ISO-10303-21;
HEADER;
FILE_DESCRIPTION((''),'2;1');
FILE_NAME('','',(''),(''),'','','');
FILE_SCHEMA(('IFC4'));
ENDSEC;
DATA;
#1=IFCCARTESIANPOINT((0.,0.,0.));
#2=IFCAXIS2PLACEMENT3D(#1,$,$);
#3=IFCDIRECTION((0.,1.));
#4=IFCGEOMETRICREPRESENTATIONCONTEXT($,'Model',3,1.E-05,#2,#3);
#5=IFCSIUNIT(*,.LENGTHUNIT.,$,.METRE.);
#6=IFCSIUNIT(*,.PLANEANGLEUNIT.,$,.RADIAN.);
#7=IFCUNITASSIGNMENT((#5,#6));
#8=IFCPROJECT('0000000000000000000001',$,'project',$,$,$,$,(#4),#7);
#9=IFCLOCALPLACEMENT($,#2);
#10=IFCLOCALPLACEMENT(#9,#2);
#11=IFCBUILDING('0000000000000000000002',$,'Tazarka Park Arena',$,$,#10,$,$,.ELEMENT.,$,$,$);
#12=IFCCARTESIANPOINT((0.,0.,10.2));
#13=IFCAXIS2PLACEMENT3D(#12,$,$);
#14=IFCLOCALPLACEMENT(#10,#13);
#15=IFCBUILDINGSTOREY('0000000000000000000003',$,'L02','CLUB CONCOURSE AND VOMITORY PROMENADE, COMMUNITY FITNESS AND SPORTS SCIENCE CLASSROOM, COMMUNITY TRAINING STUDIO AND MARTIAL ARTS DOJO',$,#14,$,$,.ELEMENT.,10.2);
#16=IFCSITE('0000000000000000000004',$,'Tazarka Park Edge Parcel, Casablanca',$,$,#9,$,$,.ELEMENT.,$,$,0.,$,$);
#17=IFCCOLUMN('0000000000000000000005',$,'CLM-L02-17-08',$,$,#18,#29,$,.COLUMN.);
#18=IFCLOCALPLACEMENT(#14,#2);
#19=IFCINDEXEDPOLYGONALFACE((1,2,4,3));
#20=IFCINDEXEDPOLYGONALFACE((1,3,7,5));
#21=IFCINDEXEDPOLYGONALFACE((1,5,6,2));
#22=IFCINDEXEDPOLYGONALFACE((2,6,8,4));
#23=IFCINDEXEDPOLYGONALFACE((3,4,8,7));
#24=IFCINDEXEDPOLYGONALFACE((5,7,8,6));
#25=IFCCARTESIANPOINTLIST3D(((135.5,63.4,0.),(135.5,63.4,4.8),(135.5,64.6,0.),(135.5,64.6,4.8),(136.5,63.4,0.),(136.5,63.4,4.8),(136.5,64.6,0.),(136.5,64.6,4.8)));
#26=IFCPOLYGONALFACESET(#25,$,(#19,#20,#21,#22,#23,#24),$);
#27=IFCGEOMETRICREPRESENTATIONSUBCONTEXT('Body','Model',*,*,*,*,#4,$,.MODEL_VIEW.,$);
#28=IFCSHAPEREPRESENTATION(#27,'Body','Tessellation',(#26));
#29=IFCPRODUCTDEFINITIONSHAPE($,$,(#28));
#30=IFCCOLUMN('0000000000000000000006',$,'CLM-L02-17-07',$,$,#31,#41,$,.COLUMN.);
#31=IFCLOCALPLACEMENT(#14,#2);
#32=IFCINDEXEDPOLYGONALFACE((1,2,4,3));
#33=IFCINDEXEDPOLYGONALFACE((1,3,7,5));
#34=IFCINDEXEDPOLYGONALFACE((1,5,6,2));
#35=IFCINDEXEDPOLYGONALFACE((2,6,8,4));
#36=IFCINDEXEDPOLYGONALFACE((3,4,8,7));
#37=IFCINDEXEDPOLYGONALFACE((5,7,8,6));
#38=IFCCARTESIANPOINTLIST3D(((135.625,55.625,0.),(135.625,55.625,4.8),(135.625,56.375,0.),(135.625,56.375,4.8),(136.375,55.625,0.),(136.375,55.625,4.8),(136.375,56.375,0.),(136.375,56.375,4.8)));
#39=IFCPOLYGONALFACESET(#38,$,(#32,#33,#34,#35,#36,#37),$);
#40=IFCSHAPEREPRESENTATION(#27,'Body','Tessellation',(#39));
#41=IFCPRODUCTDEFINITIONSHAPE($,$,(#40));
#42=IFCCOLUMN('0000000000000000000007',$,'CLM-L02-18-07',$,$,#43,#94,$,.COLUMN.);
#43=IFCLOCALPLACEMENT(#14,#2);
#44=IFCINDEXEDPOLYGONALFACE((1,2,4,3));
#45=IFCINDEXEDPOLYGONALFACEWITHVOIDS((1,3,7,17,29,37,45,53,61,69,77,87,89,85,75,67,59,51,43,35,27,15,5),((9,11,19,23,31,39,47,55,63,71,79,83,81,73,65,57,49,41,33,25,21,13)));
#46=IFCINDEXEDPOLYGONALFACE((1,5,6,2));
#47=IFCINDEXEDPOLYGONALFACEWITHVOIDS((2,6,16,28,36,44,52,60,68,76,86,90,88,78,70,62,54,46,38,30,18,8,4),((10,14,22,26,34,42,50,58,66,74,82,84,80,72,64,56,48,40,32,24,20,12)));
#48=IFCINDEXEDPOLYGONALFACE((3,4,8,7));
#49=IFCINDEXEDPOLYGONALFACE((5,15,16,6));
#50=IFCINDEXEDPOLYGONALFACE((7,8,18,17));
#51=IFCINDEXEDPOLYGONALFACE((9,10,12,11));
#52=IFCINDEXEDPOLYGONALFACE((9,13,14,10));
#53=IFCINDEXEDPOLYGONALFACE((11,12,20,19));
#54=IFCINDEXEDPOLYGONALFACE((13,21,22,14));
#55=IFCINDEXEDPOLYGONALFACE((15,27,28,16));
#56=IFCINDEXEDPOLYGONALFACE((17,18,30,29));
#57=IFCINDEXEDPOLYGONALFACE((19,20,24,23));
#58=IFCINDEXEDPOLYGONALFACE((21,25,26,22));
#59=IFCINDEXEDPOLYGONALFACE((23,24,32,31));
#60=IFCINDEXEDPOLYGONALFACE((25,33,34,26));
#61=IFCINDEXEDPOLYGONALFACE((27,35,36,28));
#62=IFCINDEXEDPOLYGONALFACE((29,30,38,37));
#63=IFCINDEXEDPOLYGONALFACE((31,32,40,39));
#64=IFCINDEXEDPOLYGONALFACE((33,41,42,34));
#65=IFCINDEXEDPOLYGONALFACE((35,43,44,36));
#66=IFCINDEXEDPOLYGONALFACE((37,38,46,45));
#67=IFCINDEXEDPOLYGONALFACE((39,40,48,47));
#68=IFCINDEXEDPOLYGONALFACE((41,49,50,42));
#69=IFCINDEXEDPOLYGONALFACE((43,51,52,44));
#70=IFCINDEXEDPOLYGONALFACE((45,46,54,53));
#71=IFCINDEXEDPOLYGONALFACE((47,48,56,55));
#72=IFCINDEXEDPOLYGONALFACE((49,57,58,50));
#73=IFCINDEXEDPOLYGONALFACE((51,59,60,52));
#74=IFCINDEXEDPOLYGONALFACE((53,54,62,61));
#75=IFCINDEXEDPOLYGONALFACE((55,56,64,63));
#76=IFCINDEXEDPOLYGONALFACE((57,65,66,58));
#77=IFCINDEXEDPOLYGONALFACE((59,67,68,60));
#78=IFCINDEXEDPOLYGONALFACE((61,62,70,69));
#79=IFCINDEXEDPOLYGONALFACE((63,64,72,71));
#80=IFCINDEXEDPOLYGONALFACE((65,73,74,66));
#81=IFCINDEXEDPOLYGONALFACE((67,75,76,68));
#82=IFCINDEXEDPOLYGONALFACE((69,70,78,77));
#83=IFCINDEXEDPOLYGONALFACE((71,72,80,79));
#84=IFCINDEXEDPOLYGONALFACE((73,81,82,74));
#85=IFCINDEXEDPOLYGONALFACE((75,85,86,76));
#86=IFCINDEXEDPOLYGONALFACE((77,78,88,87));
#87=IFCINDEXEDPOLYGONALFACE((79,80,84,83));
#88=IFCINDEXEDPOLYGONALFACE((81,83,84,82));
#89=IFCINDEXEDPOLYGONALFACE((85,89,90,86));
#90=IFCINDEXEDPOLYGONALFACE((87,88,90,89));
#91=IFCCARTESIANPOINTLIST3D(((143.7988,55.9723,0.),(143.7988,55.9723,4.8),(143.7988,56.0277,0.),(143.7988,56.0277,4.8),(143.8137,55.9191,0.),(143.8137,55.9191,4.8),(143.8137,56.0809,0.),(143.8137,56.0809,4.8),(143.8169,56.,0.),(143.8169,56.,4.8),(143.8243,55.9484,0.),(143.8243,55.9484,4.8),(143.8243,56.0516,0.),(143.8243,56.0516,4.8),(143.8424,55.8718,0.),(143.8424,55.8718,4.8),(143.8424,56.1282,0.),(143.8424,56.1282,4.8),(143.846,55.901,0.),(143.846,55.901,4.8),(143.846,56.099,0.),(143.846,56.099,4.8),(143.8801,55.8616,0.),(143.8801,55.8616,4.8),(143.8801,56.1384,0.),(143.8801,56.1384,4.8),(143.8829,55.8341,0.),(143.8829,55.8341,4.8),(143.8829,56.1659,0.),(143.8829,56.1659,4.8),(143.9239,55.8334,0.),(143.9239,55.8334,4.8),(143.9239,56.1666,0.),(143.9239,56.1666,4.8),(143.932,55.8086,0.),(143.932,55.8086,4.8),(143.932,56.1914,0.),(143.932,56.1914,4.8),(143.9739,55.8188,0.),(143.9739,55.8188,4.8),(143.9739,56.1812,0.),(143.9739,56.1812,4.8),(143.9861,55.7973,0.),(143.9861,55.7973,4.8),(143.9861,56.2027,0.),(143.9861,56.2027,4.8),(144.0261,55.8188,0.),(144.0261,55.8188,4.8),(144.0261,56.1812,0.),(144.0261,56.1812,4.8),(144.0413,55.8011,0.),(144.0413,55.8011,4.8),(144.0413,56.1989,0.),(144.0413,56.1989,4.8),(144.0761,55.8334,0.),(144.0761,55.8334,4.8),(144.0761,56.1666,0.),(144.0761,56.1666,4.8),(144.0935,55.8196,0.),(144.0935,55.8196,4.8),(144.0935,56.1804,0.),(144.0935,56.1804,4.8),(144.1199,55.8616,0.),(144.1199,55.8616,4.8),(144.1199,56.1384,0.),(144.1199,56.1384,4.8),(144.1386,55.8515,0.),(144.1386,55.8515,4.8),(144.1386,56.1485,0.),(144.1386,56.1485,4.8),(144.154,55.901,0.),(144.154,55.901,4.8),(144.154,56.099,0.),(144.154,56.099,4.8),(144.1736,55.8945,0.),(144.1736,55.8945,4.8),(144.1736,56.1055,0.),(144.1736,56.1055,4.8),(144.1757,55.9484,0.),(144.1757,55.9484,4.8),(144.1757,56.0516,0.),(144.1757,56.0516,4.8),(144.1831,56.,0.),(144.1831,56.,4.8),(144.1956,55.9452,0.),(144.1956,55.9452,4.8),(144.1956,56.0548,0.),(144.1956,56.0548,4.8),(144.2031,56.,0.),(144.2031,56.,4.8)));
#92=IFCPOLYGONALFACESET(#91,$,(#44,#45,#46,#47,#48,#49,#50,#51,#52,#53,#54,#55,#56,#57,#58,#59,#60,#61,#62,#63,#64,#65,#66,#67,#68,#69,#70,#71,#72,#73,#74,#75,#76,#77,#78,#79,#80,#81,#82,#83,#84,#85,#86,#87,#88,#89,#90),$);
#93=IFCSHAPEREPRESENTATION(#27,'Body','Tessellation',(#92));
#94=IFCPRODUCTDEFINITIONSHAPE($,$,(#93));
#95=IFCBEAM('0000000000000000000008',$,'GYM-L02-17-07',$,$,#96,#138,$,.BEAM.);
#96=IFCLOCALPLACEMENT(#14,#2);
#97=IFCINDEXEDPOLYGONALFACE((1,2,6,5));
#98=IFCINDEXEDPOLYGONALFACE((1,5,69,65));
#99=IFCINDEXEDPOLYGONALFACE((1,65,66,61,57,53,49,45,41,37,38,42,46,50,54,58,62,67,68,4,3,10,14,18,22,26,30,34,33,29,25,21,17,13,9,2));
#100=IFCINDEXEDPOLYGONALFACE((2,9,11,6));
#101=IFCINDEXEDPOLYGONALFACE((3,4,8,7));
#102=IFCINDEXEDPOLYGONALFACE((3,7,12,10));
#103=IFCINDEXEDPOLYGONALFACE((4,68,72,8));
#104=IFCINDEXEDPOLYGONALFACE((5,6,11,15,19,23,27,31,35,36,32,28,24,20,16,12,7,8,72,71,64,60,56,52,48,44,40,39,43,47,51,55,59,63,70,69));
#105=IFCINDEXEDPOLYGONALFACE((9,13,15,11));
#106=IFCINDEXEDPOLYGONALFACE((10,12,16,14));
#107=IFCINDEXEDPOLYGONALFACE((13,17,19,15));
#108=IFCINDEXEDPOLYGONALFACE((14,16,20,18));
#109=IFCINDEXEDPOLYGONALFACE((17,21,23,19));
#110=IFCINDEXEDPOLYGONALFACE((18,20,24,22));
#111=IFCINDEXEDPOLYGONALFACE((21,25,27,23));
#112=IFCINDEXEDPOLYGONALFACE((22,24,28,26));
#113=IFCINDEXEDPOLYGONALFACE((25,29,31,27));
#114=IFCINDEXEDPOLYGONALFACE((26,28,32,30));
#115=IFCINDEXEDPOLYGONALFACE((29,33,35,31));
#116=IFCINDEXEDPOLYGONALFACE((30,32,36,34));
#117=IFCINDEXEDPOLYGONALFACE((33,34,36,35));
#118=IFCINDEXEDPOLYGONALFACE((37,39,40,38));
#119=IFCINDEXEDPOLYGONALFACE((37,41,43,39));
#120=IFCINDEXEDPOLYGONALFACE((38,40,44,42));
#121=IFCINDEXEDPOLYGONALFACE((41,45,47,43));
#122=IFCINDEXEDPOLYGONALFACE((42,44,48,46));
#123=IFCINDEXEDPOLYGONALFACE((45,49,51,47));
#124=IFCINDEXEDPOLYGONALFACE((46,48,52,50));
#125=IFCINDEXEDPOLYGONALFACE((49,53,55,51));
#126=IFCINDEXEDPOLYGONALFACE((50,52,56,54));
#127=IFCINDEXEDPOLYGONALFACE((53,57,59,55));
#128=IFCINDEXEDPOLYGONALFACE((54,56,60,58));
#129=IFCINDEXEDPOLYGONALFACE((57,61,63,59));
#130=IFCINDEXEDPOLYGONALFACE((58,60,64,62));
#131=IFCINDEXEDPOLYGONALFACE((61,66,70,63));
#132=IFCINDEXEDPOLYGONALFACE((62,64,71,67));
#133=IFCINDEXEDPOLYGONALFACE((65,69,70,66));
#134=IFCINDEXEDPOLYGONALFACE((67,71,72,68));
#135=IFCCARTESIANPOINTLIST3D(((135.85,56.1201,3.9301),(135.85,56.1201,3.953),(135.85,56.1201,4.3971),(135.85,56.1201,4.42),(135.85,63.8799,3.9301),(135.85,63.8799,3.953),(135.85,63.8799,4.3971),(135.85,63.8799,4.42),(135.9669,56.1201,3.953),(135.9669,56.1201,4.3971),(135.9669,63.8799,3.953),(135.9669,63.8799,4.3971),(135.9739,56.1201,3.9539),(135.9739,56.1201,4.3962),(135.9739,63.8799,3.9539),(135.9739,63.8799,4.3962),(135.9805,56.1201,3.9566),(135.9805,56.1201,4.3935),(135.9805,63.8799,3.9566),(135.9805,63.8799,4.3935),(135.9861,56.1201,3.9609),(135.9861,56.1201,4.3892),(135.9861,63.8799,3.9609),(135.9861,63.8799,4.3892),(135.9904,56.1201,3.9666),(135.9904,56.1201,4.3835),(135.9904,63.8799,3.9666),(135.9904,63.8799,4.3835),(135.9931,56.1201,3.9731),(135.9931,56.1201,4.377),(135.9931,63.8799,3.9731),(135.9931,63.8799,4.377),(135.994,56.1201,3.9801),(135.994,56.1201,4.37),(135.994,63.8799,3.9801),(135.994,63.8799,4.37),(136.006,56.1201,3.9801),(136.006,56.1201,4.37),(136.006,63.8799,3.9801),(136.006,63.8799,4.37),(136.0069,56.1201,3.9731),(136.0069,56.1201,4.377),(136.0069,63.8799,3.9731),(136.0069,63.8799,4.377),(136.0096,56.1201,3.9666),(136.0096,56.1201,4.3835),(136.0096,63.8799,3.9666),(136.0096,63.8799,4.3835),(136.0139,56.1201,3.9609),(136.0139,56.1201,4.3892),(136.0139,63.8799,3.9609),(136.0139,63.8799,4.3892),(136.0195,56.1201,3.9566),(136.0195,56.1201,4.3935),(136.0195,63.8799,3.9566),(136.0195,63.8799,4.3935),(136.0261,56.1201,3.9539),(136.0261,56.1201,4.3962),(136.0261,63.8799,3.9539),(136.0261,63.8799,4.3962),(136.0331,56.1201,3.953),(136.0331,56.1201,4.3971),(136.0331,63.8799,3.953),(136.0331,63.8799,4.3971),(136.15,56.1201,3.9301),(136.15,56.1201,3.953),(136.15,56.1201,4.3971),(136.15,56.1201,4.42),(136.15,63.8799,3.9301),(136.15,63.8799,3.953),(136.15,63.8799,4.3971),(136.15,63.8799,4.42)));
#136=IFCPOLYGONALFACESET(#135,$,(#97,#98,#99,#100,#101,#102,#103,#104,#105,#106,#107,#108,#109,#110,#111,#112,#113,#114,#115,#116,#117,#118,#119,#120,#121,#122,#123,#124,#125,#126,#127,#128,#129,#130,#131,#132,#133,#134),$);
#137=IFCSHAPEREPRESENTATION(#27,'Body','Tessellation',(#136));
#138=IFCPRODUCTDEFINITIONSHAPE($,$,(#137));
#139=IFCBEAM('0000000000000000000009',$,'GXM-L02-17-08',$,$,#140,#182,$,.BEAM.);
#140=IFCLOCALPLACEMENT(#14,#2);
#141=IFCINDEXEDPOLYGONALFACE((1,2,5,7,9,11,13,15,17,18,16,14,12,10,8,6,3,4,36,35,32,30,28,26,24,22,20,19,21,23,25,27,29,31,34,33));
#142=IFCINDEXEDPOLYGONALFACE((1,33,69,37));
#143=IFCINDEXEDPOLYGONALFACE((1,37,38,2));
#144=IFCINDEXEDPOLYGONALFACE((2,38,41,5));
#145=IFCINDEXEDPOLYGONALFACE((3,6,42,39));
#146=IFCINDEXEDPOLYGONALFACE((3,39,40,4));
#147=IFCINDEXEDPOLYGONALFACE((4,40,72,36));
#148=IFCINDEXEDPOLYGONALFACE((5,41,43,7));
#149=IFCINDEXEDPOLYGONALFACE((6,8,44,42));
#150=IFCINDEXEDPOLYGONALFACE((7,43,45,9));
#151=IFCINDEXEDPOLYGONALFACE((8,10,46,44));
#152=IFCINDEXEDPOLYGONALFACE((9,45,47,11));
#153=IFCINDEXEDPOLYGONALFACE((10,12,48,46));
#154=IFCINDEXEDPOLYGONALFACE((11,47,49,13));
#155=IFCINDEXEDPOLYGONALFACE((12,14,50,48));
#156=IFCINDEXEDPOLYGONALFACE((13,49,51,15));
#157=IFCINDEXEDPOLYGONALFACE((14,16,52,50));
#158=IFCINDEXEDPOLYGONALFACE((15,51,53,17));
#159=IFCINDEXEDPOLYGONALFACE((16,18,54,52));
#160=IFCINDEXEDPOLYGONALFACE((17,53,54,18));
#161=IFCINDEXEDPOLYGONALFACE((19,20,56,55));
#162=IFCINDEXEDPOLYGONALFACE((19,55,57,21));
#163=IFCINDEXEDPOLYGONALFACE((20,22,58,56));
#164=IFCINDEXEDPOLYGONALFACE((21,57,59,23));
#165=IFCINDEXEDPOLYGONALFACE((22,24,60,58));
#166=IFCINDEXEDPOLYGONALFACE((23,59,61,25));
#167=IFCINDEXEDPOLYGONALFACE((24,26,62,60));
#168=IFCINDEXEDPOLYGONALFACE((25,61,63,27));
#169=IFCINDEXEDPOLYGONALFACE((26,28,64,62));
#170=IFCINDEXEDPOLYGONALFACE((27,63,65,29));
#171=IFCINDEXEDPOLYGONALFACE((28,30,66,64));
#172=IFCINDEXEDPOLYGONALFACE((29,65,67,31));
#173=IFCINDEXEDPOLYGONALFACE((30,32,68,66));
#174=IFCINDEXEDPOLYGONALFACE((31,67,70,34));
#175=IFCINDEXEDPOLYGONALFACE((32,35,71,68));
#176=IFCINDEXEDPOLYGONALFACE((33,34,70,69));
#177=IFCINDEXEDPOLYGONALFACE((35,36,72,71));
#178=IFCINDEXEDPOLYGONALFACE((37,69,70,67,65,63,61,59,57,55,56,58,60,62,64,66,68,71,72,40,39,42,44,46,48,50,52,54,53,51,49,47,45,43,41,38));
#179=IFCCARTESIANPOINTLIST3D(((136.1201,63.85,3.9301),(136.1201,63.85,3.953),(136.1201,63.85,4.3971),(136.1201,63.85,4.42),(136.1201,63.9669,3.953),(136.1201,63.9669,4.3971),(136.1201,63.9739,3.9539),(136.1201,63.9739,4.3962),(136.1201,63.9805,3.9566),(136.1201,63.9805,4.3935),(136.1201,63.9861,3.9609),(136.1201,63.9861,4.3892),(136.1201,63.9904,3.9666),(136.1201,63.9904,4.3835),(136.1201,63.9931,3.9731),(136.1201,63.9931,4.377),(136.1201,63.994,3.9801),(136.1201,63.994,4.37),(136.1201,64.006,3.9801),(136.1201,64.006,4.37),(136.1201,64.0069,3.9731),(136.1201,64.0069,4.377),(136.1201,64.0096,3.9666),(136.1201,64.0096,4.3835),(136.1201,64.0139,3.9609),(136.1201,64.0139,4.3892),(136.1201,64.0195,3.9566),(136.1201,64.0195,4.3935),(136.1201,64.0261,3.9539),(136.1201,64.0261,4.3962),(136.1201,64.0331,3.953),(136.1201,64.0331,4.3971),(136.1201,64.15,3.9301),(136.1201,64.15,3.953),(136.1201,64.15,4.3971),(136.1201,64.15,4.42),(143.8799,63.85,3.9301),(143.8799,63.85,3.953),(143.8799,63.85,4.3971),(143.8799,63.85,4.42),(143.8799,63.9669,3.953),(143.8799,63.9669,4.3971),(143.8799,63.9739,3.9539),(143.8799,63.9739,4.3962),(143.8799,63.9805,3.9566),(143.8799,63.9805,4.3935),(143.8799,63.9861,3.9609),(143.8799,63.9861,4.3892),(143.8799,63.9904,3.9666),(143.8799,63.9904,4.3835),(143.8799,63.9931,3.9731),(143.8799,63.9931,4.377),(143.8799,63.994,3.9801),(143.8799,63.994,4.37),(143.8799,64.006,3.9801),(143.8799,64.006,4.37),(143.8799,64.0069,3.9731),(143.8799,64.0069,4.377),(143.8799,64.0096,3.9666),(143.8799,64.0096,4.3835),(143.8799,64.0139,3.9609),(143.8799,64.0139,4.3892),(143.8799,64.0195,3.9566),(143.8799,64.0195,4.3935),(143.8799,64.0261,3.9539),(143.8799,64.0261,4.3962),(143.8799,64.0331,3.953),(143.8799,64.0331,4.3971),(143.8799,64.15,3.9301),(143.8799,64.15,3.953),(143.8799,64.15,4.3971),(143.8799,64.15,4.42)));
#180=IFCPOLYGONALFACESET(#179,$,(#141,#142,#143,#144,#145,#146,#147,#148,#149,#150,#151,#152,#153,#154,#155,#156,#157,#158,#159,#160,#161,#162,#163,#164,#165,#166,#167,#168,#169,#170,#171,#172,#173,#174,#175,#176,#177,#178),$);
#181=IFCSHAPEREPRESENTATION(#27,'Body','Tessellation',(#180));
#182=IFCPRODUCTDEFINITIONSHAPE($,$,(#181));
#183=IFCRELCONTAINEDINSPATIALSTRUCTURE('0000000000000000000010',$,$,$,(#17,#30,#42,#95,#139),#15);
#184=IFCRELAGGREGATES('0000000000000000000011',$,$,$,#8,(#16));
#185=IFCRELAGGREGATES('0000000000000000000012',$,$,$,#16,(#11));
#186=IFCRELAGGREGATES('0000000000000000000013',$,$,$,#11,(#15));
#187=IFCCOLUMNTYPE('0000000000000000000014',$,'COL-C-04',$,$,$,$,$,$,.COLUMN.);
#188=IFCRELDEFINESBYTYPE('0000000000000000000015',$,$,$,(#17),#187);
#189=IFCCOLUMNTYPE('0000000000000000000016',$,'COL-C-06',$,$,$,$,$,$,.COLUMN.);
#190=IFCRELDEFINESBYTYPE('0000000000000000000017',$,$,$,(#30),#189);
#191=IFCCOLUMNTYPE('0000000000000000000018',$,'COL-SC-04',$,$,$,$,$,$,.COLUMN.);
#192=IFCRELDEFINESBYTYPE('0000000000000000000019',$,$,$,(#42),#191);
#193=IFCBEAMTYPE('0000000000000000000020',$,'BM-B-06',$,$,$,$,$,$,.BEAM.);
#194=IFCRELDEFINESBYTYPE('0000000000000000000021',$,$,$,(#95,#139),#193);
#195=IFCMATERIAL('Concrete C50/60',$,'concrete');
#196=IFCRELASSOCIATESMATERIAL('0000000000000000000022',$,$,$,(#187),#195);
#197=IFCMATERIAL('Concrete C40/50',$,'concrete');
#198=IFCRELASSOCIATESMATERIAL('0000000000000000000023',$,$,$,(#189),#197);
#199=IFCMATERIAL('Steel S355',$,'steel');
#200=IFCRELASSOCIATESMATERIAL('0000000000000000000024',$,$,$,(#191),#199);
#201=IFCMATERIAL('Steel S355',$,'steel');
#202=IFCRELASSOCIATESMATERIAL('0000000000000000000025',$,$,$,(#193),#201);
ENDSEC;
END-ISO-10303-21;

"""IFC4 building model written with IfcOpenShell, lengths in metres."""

from ifc_helpers import new_model, si_unit, direction, frame, origin, origin_2d, place, context, subcontext, project, spatial, rectangle, hollow_circle, i_section, extrude, material, material_profile, profile_set, type_object, element, save


model = new_model("IFC4")

# Units and contexts
model_context = context("Model", 3, precision=1e-05, world=origin(), true_north=direction((0.0, 1.0)))
body_context = subcontext(model_context, "Body", "Model", "MODEL_VIEW")
ifc_project = project(units=[si_unit("LENGTHUNIT", "METRE"), si_unit("PLANEANGLEUNIT", "RADIAN")], contexts=[model_context])

# Site, building, storey
site_placement = place(None, origin())
site = spatial("IfcSite", under=ifc_project, at=site_placement, Name="Tazarka Park Edge Parcel, Casablanca", CompositionType="ELEMENT", RefElevation=0.0)
building_placement = place(site_placement, origin())
building = spatial("IfcBuilding", under=site, at=building_placement, Name="Tazarka Park Arena", CompositionType="ELEMENT")
storey_placement = place(building_placement, frame((0.0, 0.0, 10.2)))
storey = spatial("IfcBuildingStorey", under=building, at=storey_placement, Name="L02", Description="CLUB CONCOURSE AND VOMITORY PROMENADE, COMMUNITY FITNESS AND SPORTS SCIENCE CLASSROOM, COMMUNITY TRAINING STUDIO AND MARTIAL ARTS DOJO", CompositionType="ELEMENT", Elevation=10.2)

# Columns
ifc_material_1 = material(Name="Concrete C50/60", Category="concrete")
ifc_material_profile_1 = material_profile(ifc_material_1, rectangle(XDim=1.0, YDim=1.2, at=origin_2d()), Name="Concrete C50/60")
ifc_profile_set_1 = profile_set([ifc_material_profile_1], Name="Concrete C50/60")
column_type_1 = type_object("IfcColumnType", Name="COL-C-04", PredefinedType="COLUMN", material=ifc_profile_set_1)
column_1_placement = place(storey_placement, frame((136.0, 64.0, 0.0), z_axis=(0.0, 0.0, 1.0), x_axis=(1.0, 0.0, 0.0)))
element("IfcColumn", 1, at=column_1_placement, inside=storey, type_object=column_type_1, Name="CLM-L02-17-08", PredefinedType="COLUMN", context=body_context, shape_type="SweptSolid", body=[
    extrude(rectangle(XDim=1.0, YDim=1.2, at=origin_2d()), origin(), (0.0, 0.0, 1.0), 4.8),
])
ifc_material_2 = material(Name="Concrete C40/50", Category="concrete")
ifc_material_profile_2 = material_profile(ifc_material_2, rectangle(XDim=0.75, YDim=0.75, at=origin_2d()), Name="Concrete C40/50")
ifc_profile_set_2 = profile_set([ifc_material_profile_2], Name="Concrete C40/50")
column_type_2 = type_object("IfcColumnType", Name="COL-C-06", PredefinedType="COLUMN", material=ifc_profile_set_2)
column_2_placement = place(storey_placement, frame((136.0, 56.0, 0.0), z_axis=(0.0, 0.0, 1.0), x_axis=(1.0, 0.0, 0.0)))
element("IfcColumn", 2, at=column_2_placement, inside=storey, type_object=column_type_2, Name="CLM-L02-17-07", PredefinedType="COLUMN", context=body_context, shape_type="SweptSolid", body=[
    extrude(rectangle(XDim=0.75, YDim=0.75, at=origin_2d()), origin(), (0.0, 0.0, 1.0), 4.8),
])
ifc_material_3 = material(Name="Steel S355", Category="steel")
ifc_material_profile_3 = material_profile(ifc_material_3, hollow_circle(Radius=0.2031, WallThickness=0.02, at=origin_2d()), Name="Steel S355")
ifc_profile_set_3 = profile_set([ifc_material_profile_3], Name="Steel S355")
column_type_3 = type_object("IfcColumnType", Name="COL-SC-04", PredefinedType="COLUMN", material=ifc_profile_set_3)
column_3_placement = place(storey_placement, frame((144.0, 56.0, 0.0), z_axis=(0.0, 0.0, 1.0), x_axis=(1.0, 0.0, 0.0)))
element("IfcColumn", 3, at=column_3_placement, inside=storey, type_object=column_type_3, Name="CLM-L02-18-07", PredefinedType="COLUMN", context=body_context, shape_type="SweptSolid", body=[
    extrude(hollow_circle(Radius=0.2031, WallThickness=0.02, at=origin_2d()), origin(), (0.0, 0.0, 1.0), 4.8),
])

# Beams
ifc_material_4 = material(Name="Steel S355", Category="steel")
ifc_material_profile_4 = material_profile(ifc_material_4, i_section(OverallWidth=0.3, OverallDepth=0.49, WebThickness=0.012, FlangeThickness=0.0229, FilletRadius=0.0271, at=origin_2d()), Name="Steel S355")
ifc_profile_set_4 = profile_set([ifc_material_profile_4], Name="Steel S355")
beam_type_1 = type_object("IfcBeamType", Name="BM-B-06", PredefinedType="BEAM", material=ifc_profile_set_4)
for number, where, z_axis, x_axis, name in (
    (4, (136.0, 56.1201, 4.175), (0.0, 1.0, 0.0), (-1.0, 0.0, 0.0), "GYM-L02-17-07"),
    (5, (136.1201, 64.0, 4.175), (1.0, 0.0, 0.0), (0.0, 1.0, 0.0), "GXM-L02-17-08"),
):
    element("IfcBeam", number, at=place(storey_placement, frame(where, z_axis=z_axis, x_axis=x_axis)), inside=storey, type_object=beam_type_1, Name=name, PredefinedType="BEAM", context=body_context, shape_type="SweptSolid", body=[
        extrude(i_section(OverallWidth=0.3, OverallDepth=0.49, WebThickness=0.012, FlangeThickness=0.0229, FilletRadius=0.0271, at=origin_2d()), origin(), (0.0, 0.0, 1.0), 7.7598),
    ])

save(model, "model.ifc")
